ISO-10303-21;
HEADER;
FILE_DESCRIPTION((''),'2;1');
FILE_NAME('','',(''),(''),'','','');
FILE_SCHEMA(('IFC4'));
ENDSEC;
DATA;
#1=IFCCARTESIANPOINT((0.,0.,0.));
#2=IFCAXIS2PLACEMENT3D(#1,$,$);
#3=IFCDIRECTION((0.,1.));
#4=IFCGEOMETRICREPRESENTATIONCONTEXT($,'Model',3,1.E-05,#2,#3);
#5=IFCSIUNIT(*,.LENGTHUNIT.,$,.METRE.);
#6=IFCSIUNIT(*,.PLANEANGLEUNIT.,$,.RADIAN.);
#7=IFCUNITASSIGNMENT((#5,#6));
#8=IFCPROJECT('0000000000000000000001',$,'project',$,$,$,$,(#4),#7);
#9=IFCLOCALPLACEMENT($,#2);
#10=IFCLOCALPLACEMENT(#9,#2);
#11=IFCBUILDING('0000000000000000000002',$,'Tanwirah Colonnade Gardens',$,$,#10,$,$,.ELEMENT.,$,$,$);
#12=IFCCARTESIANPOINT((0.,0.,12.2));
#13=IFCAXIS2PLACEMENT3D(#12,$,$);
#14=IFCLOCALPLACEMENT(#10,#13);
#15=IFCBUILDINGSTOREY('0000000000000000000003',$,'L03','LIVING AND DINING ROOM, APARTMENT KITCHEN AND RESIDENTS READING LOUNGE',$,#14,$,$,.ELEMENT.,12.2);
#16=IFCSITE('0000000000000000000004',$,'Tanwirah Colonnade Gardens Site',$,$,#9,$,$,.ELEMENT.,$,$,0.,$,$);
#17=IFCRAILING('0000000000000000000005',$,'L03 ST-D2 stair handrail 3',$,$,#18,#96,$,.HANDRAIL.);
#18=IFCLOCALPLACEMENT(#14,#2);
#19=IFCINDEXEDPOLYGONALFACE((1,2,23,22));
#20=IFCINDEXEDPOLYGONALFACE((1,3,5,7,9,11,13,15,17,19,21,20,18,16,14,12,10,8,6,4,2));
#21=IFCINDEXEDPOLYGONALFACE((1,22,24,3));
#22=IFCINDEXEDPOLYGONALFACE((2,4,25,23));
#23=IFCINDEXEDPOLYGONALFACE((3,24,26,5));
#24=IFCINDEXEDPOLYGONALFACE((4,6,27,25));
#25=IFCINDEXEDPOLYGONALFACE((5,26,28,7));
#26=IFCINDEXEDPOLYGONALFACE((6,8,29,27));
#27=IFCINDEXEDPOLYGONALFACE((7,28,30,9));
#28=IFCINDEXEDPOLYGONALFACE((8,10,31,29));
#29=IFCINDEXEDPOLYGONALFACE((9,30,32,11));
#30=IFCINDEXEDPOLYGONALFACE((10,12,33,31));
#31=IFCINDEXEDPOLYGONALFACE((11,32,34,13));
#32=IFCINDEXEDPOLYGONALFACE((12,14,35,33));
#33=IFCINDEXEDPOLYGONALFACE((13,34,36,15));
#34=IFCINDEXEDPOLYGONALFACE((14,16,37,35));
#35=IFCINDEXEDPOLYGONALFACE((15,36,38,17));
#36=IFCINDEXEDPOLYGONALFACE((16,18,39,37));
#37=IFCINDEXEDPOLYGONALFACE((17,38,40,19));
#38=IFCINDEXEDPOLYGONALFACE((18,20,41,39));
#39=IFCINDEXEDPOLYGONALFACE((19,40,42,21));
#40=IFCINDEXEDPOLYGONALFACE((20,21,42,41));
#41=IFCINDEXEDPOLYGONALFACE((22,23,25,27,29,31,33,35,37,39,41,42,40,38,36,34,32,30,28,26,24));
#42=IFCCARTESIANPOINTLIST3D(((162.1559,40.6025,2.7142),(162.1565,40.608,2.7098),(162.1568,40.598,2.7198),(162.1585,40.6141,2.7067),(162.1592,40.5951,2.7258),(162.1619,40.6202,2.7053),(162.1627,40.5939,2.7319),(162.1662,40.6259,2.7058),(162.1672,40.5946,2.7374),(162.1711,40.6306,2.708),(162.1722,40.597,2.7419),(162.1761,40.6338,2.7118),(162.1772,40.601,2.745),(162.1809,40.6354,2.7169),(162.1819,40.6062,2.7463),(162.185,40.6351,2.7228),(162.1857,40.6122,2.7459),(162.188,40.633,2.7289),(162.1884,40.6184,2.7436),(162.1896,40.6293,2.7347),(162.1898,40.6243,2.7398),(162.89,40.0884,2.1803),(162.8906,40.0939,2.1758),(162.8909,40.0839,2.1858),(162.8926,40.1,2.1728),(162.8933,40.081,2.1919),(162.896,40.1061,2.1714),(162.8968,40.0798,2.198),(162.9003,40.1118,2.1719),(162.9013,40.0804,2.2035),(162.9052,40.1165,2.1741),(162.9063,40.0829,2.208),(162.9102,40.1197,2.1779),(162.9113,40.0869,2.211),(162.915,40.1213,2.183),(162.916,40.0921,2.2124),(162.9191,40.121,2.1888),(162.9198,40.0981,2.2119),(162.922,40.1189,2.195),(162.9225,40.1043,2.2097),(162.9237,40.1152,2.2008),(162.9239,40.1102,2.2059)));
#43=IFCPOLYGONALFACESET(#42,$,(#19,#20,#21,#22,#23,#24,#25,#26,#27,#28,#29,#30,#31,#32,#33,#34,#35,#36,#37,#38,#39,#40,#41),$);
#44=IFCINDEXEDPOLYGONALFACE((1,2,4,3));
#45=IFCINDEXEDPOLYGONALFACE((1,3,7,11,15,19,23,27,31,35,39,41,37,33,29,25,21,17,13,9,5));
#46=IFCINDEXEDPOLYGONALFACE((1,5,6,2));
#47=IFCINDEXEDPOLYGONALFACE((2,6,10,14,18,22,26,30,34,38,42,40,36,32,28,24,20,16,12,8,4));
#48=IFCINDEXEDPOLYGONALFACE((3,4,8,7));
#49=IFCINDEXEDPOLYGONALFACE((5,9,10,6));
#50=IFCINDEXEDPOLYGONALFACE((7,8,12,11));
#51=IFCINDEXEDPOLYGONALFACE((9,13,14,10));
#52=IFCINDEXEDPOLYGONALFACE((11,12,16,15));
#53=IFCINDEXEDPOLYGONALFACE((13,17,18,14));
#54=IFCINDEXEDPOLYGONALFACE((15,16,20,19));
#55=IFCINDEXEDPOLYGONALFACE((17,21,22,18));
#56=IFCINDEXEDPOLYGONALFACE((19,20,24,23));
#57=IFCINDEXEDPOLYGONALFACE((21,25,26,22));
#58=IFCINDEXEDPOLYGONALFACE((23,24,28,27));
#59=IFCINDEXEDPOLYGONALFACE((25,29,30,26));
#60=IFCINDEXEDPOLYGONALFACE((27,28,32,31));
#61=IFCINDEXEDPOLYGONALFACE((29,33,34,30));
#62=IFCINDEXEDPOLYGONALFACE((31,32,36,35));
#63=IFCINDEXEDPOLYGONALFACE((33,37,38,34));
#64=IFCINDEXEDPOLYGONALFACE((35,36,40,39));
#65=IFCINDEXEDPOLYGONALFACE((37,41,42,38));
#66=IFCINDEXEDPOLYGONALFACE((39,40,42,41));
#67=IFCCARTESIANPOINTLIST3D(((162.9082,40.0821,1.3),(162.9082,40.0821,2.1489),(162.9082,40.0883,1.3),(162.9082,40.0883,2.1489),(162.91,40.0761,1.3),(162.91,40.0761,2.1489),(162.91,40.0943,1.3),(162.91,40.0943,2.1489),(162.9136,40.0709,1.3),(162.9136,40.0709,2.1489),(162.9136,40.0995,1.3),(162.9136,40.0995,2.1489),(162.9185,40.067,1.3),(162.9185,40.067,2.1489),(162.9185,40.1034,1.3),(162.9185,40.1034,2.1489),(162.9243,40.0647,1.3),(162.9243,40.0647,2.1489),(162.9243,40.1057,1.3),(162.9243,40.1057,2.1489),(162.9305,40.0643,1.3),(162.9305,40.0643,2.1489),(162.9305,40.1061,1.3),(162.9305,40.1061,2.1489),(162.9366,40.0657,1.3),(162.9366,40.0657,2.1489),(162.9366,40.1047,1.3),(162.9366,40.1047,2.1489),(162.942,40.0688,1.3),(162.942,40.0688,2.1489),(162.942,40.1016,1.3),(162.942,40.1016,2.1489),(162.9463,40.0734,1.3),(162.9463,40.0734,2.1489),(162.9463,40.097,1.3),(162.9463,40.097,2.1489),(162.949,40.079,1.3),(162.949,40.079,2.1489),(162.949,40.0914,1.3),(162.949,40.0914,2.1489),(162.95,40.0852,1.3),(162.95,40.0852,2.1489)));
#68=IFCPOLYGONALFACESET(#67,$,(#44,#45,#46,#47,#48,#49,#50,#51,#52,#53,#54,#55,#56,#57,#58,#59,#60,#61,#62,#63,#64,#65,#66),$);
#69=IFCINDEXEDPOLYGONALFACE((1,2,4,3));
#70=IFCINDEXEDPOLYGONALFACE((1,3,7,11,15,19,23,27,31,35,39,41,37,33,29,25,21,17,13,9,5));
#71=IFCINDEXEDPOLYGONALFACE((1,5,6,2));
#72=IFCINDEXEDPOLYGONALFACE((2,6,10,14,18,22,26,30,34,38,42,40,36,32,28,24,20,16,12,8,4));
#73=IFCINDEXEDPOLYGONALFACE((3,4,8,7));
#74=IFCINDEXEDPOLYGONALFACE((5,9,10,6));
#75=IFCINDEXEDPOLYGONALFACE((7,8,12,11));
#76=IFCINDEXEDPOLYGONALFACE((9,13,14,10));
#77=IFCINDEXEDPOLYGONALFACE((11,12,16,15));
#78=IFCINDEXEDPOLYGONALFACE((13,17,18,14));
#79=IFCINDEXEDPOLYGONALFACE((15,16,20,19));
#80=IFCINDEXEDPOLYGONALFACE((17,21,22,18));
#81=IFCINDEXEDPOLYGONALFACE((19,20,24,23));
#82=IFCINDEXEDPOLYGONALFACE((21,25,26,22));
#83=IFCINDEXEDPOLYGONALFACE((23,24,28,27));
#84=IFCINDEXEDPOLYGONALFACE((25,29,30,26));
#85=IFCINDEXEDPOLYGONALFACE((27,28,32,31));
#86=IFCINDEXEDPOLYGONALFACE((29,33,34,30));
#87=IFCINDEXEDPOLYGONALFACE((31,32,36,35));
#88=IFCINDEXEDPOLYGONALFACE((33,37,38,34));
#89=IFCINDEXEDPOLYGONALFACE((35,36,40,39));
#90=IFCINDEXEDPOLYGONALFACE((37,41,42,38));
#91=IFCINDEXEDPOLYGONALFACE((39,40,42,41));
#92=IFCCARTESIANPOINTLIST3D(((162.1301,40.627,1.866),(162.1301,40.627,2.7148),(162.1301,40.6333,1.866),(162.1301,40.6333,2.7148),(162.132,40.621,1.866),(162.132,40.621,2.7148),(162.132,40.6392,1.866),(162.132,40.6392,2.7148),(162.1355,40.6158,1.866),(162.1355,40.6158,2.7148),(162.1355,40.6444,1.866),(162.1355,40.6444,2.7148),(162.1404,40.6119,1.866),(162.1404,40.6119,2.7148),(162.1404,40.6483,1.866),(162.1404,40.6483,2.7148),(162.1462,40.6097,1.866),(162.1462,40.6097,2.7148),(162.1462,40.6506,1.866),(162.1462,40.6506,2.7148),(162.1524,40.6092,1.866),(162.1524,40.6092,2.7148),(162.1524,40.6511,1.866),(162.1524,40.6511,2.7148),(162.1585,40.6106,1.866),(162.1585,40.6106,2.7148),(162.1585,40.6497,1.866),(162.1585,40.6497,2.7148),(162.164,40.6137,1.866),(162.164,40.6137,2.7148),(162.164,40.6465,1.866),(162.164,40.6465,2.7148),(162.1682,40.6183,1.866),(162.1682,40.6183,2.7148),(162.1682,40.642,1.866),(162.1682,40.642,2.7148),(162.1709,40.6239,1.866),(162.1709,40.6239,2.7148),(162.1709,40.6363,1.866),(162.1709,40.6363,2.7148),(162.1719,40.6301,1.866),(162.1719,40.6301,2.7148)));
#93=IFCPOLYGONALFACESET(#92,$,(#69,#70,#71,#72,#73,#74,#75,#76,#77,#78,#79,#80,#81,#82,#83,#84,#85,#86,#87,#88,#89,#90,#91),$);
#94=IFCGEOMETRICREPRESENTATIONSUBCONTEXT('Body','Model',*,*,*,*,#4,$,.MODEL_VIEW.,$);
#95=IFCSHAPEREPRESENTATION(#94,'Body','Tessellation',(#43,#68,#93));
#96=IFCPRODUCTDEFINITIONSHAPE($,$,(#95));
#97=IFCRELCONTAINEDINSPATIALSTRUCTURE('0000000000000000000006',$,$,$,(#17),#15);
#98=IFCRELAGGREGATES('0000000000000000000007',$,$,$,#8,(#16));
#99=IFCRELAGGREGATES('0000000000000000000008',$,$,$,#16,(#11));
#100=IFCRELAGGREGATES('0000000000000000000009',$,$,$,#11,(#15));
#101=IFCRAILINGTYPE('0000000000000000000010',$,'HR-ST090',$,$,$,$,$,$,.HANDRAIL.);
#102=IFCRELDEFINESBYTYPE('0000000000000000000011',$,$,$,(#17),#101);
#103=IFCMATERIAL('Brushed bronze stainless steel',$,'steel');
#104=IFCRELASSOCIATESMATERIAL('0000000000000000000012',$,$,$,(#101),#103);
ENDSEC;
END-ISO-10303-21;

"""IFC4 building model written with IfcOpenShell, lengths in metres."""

from ifc_helpers import new_model, si_unit, direction, frame, origin, origin_2d, place, context, subcontext, project, spatial, circle, extrude, material, type_object, element, save


model = new_model("IFC4")

# Units and contexts
model_context = context("Model", 3, precision=1e-05, world=origin(), true_north=direction((0.0, 1.0)))
body_context = subcontext(model_context, "Body", "Model", "MODEL_VIEW")
ifc_project = project(units=[si_unit("LENGTHUNIT", "METRE"), si_unit("PLANEANGLEUNIT", "RADIAN")], contexts=[model_context])

# Site, building, storey
site_placement = place(None, origin())
site = spatial("IfcSite", under=ifc_project, at=site_placement, Name="Tanwirah Colonnade Gardens Site", CompositionType="ELEMENT", RefElevation=0.0)
building_placement = place(site_placement, origin())
building = spatial("IfcBuilding", under=site, at=building_placement, Name="Tanwirah Colonnade Gardens", CompositionType="ELEMENT")
storey_placement = place(building_placement, frame((0.0, 0.0, 12.2)))
storey = spatial("IfcBuildingStorey", under=building, at=storey_placement, Name="L03", Description="LIVING AND DINING ROOM, APARTMENT KITCHEN AND RESIDENTS READING LOUNGE", CompositionType="ELEMENT", Elevation=12.2)

# Railing
ifc_material_1 = material(Name="Brushed bronze stainless steel", Category="steel")
railing_type_1 = type_object("IfcRailingType", Name="HR-ST090", PredefinedType="HANDRAIL", material=ifc_material_1)
railing_1_placement = place(storey_placement, frame((162.929, 40.0852, 1.3)))
element("IfcRailing", 1, at=railing_1_placement, inside=storey, type_object=railing_type_1, Name="L03 ST-D2 stair handrail 3", PredefinedType="HANDRAIL", context=body_context, shape_type="SweptSolid", body=[
    extrude(circle(Radius=0.0239, at=origin_2d()), frame((-0.022, 0.0154, 0.8918), z_axis=(-0.703686, 0.492823, 0.511812), x_axis=(-0.573652, -0.819099, 0.0)), (0.0, 0.0, 1.0), 1.0432),
    extrude(circle(Radius=0.021, at=origin_2d()), origin(), (0.0, 0.0, 1.0), 0.8489),
    extrude(circle(Radius=0.021, at=origin_2d()), frame((-0.7781, 0.5449, 0.5659)), (0.0, 0.0, 1.0), 0.8489),
])

save(model, "model.ifc")
